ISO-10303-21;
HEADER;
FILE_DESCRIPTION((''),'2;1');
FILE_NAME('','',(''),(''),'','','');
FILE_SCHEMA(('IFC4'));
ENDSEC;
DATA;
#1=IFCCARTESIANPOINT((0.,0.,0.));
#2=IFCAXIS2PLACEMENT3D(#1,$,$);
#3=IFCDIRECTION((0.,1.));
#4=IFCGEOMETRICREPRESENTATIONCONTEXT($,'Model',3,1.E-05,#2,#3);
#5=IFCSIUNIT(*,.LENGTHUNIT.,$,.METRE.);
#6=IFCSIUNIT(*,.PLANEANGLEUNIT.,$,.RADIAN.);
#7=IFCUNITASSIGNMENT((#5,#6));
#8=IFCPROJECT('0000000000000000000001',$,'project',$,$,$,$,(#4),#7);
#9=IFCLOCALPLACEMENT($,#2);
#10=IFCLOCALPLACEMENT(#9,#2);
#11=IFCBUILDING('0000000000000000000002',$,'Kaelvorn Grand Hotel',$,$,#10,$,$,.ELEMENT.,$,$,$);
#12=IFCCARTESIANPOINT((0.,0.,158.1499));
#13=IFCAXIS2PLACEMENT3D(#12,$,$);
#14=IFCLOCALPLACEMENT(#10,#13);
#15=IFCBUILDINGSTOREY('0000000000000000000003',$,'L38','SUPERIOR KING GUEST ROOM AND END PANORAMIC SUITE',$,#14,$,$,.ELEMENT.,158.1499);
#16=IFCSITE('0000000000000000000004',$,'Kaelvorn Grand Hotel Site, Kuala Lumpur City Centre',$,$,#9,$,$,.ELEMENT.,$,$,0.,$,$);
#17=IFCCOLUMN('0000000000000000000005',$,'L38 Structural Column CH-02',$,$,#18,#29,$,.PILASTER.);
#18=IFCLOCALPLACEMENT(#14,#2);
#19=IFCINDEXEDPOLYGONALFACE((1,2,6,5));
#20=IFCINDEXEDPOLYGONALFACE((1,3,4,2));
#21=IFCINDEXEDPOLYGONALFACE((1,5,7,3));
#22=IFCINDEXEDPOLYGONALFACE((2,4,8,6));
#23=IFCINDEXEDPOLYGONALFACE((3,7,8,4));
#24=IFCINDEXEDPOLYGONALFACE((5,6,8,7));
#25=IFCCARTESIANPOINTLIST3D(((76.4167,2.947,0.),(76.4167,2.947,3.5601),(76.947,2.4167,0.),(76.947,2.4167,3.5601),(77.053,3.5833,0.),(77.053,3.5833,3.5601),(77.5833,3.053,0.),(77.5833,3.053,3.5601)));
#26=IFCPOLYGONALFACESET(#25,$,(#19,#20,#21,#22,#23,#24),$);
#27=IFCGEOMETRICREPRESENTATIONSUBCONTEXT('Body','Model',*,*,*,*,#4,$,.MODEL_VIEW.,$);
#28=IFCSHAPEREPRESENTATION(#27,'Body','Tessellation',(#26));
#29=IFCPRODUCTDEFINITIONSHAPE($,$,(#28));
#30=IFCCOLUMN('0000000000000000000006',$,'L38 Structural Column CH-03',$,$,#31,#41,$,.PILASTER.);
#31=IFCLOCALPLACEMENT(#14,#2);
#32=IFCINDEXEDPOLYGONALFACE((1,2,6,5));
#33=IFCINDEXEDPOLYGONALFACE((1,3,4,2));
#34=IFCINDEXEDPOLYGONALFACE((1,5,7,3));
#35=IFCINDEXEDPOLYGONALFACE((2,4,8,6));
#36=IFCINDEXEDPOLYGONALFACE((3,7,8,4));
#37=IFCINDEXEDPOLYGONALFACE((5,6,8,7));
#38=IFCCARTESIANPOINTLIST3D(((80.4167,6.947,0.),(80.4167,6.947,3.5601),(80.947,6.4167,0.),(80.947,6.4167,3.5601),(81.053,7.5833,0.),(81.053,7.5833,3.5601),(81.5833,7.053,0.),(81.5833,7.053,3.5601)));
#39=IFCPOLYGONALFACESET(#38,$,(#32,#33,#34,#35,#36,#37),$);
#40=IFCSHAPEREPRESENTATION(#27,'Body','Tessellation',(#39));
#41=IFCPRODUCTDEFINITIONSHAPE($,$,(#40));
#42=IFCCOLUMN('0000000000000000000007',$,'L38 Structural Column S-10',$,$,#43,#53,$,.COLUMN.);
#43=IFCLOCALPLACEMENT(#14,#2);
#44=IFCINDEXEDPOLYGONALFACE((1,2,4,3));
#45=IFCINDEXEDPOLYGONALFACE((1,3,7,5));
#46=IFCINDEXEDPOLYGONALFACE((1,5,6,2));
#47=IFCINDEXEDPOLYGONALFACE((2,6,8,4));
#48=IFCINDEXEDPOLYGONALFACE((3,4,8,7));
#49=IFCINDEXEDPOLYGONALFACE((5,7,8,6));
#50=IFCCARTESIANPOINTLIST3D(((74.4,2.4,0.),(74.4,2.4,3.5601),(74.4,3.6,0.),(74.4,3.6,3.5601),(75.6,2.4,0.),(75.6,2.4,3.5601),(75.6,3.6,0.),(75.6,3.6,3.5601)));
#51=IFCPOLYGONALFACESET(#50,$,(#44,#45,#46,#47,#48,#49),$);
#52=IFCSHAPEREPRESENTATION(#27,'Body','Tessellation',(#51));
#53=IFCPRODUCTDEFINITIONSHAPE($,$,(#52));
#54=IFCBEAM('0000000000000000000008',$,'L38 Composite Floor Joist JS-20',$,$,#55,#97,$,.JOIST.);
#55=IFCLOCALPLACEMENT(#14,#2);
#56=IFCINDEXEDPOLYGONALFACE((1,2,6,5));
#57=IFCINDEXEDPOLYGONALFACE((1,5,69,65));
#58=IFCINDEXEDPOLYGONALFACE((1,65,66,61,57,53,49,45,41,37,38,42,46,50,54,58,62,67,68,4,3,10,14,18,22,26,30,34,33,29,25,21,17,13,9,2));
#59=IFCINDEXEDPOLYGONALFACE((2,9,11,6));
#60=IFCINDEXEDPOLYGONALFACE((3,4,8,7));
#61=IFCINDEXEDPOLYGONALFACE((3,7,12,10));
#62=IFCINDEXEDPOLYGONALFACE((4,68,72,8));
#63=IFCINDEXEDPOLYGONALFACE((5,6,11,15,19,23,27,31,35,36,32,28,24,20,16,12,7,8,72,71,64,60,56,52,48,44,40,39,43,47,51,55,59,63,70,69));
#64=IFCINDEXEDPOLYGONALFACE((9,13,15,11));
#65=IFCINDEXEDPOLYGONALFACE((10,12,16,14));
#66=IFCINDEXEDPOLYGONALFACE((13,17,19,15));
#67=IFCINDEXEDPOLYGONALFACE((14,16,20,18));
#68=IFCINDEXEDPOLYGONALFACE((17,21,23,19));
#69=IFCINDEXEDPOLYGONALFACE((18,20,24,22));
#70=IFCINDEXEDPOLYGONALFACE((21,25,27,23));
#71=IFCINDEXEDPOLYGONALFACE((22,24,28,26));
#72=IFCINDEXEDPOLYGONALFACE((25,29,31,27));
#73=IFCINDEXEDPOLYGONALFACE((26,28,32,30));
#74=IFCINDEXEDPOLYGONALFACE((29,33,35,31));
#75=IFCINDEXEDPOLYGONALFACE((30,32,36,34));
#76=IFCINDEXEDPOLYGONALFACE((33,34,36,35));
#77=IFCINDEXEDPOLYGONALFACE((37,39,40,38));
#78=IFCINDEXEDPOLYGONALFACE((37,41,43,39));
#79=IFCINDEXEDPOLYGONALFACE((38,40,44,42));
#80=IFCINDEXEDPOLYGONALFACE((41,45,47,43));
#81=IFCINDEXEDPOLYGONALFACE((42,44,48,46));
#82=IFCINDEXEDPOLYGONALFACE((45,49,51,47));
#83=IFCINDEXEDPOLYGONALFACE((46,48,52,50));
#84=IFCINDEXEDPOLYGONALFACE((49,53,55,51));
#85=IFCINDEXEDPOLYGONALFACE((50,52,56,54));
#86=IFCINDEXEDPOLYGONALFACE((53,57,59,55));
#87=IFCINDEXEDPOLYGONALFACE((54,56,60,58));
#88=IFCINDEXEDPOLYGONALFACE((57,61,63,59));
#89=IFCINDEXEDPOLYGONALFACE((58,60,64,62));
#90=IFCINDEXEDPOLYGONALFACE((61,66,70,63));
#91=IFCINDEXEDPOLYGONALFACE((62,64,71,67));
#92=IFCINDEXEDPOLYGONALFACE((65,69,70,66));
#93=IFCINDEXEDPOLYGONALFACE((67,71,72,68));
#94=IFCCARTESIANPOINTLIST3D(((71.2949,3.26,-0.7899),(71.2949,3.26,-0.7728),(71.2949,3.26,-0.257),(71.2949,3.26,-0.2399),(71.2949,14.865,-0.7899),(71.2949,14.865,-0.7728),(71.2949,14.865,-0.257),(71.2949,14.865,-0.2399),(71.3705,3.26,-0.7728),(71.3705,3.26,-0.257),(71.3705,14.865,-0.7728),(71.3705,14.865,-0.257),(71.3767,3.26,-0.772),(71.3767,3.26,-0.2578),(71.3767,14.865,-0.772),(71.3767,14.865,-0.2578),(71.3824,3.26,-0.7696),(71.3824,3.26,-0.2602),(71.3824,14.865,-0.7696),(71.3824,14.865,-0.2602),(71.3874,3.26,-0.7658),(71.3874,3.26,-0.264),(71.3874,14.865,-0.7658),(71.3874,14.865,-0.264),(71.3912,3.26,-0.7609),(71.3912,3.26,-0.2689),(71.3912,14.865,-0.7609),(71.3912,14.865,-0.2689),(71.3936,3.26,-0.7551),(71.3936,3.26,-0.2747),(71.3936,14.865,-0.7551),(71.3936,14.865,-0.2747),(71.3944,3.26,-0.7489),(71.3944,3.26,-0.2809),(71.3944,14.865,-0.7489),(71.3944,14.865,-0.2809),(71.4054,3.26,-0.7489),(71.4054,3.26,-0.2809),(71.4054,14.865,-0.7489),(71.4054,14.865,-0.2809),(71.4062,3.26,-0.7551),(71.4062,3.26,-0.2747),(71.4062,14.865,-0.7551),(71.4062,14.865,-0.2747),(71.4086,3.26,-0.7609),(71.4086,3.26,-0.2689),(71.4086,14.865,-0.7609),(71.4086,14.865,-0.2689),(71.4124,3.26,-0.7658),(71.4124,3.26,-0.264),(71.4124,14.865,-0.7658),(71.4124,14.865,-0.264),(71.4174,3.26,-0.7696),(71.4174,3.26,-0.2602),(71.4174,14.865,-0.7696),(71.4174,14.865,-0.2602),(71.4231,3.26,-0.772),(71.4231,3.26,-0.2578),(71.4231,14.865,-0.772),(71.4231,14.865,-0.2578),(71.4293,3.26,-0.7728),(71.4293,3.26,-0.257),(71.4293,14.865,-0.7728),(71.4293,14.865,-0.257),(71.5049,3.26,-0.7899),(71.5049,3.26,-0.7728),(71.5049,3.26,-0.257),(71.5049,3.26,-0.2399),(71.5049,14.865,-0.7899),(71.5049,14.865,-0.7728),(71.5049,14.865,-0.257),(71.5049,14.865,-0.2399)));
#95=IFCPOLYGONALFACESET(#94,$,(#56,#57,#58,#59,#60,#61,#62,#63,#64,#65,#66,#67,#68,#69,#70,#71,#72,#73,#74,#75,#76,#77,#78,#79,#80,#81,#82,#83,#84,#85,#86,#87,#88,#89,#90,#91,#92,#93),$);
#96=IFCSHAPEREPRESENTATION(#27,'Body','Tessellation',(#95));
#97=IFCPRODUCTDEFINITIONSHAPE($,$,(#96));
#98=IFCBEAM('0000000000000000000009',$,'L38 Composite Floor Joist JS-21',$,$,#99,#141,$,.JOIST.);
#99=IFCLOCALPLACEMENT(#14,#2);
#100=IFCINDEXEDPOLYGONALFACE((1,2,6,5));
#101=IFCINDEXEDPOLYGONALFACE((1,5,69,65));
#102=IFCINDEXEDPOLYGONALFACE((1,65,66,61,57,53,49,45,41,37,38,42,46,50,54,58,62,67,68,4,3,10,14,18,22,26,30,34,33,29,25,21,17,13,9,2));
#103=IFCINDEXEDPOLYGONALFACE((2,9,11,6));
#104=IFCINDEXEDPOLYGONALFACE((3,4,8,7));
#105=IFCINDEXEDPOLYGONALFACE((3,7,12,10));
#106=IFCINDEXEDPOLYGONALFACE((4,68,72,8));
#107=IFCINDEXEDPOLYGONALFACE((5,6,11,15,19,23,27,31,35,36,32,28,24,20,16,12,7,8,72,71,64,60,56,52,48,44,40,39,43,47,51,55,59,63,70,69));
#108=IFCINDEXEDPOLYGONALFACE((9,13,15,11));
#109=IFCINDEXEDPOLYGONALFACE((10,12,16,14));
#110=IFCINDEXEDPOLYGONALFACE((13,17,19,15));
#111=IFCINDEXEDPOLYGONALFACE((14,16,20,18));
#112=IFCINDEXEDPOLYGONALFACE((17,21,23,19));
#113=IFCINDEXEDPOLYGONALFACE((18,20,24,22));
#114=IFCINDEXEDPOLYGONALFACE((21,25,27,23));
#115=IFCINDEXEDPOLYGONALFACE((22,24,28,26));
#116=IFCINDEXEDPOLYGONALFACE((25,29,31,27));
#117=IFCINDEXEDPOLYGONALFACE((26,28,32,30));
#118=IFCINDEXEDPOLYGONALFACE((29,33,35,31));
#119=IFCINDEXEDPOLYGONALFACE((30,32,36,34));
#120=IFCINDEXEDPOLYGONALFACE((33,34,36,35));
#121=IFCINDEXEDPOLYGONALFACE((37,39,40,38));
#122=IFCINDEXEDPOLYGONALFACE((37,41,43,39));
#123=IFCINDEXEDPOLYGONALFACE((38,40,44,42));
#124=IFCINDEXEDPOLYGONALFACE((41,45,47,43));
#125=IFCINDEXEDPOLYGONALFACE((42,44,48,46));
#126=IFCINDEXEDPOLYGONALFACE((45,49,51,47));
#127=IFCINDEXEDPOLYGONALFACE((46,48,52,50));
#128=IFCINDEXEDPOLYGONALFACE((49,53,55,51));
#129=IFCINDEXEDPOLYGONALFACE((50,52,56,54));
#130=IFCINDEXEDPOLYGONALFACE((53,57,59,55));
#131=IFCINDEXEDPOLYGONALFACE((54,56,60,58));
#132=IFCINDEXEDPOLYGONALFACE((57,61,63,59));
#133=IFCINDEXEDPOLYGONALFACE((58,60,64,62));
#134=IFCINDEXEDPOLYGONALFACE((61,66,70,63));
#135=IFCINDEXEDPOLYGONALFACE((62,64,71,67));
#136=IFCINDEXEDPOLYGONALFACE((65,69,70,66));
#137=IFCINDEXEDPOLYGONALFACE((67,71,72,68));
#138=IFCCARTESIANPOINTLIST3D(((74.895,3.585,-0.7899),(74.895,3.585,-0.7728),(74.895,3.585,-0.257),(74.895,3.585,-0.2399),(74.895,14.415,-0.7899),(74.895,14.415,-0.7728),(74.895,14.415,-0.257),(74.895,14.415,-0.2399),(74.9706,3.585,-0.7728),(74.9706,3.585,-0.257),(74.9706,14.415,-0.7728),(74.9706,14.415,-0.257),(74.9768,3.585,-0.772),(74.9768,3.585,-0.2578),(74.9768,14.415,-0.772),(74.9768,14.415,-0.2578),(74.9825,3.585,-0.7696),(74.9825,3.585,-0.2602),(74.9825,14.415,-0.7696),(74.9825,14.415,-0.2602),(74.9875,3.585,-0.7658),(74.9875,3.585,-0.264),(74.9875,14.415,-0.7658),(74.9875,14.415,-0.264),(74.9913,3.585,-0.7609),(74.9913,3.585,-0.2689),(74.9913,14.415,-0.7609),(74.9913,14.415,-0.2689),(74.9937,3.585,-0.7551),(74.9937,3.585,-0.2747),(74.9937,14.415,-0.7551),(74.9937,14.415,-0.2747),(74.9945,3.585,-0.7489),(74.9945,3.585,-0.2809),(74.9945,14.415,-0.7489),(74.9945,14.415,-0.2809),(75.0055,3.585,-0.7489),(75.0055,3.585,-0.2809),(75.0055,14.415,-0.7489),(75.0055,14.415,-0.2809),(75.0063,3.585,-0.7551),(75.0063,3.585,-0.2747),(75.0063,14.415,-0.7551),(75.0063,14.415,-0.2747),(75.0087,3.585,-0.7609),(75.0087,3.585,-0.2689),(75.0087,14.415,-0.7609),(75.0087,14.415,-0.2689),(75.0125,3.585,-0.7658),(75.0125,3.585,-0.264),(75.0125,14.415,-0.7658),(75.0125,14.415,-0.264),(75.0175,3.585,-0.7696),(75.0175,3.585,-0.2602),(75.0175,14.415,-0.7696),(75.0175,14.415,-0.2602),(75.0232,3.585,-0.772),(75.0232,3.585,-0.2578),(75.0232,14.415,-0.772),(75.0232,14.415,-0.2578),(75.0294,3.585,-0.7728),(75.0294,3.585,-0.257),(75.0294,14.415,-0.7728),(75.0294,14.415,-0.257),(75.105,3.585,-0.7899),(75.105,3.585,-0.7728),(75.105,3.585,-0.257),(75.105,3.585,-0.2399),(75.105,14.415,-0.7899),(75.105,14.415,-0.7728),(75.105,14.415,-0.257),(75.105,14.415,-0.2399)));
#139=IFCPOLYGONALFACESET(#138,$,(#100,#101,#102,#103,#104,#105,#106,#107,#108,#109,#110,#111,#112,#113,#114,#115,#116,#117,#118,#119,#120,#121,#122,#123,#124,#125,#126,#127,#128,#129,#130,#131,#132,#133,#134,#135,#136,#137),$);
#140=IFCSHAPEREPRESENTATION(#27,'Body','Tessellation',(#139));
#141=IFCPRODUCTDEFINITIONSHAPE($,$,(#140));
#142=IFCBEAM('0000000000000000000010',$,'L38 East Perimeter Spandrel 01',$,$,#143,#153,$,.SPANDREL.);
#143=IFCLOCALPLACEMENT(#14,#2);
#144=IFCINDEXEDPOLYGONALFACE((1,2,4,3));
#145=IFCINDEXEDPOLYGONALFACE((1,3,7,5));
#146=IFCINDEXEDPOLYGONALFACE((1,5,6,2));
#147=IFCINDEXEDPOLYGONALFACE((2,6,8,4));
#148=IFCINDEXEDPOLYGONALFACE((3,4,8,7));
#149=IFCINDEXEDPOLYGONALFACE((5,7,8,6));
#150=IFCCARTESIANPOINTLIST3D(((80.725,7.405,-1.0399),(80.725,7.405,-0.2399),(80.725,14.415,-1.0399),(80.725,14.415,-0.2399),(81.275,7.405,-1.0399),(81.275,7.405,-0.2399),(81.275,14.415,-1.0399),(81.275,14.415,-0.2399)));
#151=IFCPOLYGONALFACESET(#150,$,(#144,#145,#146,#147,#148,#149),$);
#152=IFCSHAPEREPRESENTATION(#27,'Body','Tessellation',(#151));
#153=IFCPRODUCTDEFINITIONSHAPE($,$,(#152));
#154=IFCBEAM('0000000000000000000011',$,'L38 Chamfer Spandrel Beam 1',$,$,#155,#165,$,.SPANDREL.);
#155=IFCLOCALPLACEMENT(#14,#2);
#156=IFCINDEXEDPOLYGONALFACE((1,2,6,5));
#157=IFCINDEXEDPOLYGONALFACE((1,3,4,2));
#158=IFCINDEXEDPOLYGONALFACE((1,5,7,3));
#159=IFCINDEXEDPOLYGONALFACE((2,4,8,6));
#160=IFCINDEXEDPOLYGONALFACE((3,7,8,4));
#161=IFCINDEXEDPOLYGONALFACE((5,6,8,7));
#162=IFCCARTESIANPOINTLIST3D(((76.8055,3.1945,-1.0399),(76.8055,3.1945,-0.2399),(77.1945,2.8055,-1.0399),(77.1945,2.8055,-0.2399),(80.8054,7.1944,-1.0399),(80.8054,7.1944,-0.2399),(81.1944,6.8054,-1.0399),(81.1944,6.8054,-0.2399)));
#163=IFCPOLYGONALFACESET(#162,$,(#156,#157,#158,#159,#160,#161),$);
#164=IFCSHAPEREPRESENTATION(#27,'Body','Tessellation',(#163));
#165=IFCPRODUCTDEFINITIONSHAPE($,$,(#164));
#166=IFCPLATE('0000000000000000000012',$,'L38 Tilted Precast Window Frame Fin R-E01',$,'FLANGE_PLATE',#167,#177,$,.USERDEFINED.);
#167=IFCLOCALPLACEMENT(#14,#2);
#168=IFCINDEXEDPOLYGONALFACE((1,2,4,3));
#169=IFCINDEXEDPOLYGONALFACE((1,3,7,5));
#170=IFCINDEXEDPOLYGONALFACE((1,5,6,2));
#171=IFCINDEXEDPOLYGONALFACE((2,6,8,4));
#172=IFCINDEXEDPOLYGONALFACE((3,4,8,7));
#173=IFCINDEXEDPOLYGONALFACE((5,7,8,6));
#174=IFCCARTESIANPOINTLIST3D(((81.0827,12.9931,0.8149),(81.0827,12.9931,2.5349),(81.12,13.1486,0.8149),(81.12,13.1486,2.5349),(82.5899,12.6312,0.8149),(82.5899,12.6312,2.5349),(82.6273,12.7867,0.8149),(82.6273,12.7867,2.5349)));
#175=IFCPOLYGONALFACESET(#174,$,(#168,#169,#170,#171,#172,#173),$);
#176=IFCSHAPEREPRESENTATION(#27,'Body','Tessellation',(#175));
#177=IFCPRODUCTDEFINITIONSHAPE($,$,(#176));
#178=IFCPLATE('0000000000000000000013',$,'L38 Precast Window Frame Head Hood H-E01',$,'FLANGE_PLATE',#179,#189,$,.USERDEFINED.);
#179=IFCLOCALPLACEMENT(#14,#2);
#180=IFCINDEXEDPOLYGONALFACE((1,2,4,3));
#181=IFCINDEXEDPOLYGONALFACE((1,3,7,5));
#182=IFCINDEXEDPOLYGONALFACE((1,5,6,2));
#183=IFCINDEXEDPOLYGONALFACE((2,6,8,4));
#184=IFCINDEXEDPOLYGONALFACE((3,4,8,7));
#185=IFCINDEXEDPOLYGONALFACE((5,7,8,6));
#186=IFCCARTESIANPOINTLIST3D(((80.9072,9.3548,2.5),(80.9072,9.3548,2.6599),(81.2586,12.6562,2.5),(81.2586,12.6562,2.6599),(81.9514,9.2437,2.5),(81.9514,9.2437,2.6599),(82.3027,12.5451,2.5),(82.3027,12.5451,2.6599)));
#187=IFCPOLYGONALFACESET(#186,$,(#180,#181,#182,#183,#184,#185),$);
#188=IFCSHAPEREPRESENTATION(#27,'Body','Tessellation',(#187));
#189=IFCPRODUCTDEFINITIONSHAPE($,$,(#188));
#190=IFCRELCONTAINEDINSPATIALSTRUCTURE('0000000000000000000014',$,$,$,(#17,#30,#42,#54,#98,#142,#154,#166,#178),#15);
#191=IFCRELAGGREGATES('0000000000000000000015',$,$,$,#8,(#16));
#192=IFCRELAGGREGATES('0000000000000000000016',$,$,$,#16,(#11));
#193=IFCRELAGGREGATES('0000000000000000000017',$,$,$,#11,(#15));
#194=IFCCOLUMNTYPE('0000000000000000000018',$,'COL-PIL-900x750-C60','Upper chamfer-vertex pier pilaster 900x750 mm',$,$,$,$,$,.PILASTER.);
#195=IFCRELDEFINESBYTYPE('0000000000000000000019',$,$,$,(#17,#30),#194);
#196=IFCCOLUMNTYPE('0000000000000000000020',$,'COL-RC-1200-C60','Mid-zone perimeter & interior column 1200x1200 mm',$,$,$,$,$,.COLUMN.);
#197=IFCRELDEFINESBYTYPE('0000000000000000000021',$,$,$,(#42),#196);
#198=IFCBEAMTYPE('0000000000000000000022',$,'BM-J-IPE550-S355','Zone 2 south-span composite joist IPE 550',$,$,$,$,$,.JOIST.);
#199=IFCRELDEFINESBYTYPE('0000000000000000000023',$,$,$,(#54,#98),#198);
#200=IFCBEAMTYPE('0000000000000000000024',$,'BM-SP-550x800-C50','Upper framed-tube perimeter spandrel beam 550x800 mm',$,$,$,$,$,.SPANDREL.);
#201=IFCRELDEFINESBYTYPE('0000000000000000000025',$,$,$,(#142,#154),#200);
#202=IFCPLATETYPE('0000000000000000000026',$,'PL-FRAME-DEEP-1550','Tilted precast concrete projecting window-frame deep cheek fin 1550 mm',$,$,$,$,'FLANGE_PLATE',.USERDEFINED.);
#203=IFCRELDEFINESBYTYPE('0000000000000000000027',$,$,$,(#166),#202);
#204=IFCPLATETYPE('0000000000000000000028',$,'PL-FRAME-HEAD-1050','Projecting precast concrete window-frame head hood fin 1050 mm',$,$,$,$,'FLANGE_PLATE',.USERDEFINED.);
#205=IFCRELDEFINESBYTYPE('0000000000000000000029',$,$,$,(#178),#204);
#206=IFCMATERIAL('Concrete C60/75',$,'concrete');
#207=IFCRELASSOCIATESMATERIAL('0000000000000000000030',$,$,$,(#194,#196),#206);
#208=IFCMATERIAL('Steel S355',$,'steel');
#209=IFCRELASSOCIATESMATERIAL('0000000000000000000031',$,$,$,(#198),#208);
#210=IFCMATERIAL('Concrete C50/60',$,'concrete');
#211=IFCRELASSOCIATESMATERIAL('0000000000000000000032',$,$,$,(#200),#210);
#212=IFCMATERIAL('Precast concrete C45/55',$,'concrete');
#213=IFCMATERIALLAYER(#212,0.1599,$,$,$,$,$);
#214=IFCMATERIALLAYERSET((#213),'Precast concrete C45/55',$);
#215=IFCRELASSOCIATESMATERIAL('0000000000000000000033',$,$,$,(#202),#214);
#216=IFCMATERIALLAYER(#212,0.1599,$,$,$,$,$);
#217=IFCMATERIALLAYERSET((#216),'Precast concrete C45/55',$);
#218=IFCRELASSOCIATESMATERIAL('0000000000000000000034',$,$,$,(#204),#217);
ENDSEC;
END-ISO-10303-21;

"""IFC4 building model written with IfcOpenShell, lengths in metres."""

from ifc_helpers import new_model, si_unit, direction, frame, origin, origin_2d, place, context, subcontext, project, spatial, rectangle, i_section, extrude, material, layer, layer_set, material_profile, profile_set, type_object, element, save


model = new_model("IFC4")

# Units and contexts
model_context = context("Model", 3, precision=1e-05, world=origin(), true_north=direction((0.0, 1.0)))
body_context = subcontext(model_context, "Body", "Model", "MODEL_VIEW")
ifc_project = project(units=[si_unit("LENGTHUNIT", "METRE"), si_unit("PLANEANGLEUNIT", "RADIAN")], contexts=[model_context])

# Site, building, storey
site_placement = place(None, origin())
site = spatial("IfcSite", under=ifc_project, at=site_placement, Name="Kaelvorn Grand Hotel Site, Kuala Lumpur City Centre", CompositionType="ELEMENT", RefElevation=0.0)
building_placement = place(site_placement, origin())
building = spatial("IfcBuilding", under=site, at=building_placement, Name="Kaelvorn Grand Hotel", CompositionType="ELEMENT")
storey_placement = place(building_placement, frame((0.0, 0.0, 158.1499)))
storey = spatial("IfcBuildingStorey", under=building, at=storey_placement, Name="L38", Description="SUPERIOR KING GUEST ROOM AND END PANORAMIC SUITE", CompositionType="ELEMENT", Elevation=158.1499)

# Columns
ifc_material_1 = material(Name="Concrete C60/75", Category="concrete")
ifc_material_profile_1 = material_profile(ifc_material_1, rectangle(XDim=0.8999, YDim=0.75, at=origin_2d()), Name="RC PILASTER 900x750")
ifc_profile_set_1 = profile_set([ifc_material_profile_1], Name="Concrete C60/75")
column_type_1 = type_object("IfcColumnType", Name="COL-PIL-900x750-C60", Description="Upper chamfer-vertex pier pilaster 900x750 mm", PredefinedType="PILASTER", material=ifc_profile_set_1)
for number, where, z_axis, x_axis, name in (
    (1, (77.0, 3.0, 0.0), (0.0, 0.0, 1.0), (0.707107, 0.707107, 0.0), "L38 Structural Column CH-02"),
    (2, (81.0, 7.0, 0.0), (0.0, 0.0, 1.0), (0.707107, 0.707107, 0.0), "L38 Structural Column CH-03"),
):
    element("IfcColumn", number, at=place(storey_placement, frame(where, z_axis=z_axis, x_axis=x_axis)), inside=storey, type_object=column_type_1, Name=name, PredefinedType="PILASTER", context=body_context, shape_type="SweptSolid", body=[
        extrude(rectangle(XDim=0.8999, YDim=0.75, at=origin_2d()), origin(), (0.0, 0.0, 1.0), 3.5601),
    ])
ifc_material_profile_2 = material_profile(ifc_material_1, rectangle(XDim=1.2, YDim=1.2, at=origin_2d()), Name="RC COL 1200x1200")
ifc_profile_set_2 = profile_set([ifc_material_profile_2], Name="Concrete C60/75")
column_type_2 = type_object("IfcColumnType", Name="COL-RC-1200-C60", Description="Mid-zone perimeter & interior column 1200x1200 mm", PredefinedType="COLUMN", material=ifc_profile_set_2)
column_placement = place(storey_placement, frame((75.0, 3.0, 0.0), z_axis=(0.0, 0.0, 1.0), x_axis=(1.0, 0.0, 0.0)))
element("IfcColumn", 3, at=column_placement, inside=storey, type_object=column_type_2, Name="L38 Structural Column S-10", PredefinedType="COLUMN", context=body_context, shape_type="SweptSolid", body=[
    extrude(rectangle(XDim=1.2, YDim=1.2, at=origin_2d()), origin(), (0.0, 0.0, 1.0), 3.5601),
])

# Beams
ifc_material_2 = material(Name="Steel S355", Category="steel")
ifc_material_profile_3 = material_profile(ifc_material_2, i_section(OverallWidth=0.21, OverallDepth=0.55, WebThickness=0.011, FlangeThickness=0.0171, FilletRadius=0.0239, at=origin_2d()), Name="IPE 550")
ifc_profile_set_3 = profile_set([ifc_material_profile_3], Name="Steel S355")
beam_type_1 = type_object("IfcBeamType", Name="BM-J-IPE550-S355", Description="Zone 2 south-span composite joist IPE 550", PredefinedType="JOIST", material=ifc_profile_set_3)
beam_1_placement = place(storey_placement, frame((71.3999, 3.26, -0.5149), z_axis=(0.0, 1.0, 0.0), x_axis=(-1.0, 0.0, 0.0)))
element("IfcBeam", 4, at=beam_1_placement, inside=storey, type_object=beam_type_1, Name="L38 Composite Floor Joist JS-20", PredefinedType="JOIST", context=body_context, shape_type="SweptSolid", body=[
    extrude(i_section(OverallWidth=0.21, OverallDepth=0.55, WebThickness=0.011, FlangeThickness=0.0171, FilletRadius=0.0239, at=origin_2d()), origin(), (0.0, 0.0, 1.0), 11.605),
])
beam_2_placement = place(storey_placement, frame((75.0, 3.585, -0.5149), z_axis=(0.0, 1.0, 0.0), x_axis=(-1.0, 0.0, 0.0)))
element("IfcBeam", 5, at=beam_2_placement, inside=storey, type_object=beam_type_1, Name="L38 Composite Floor Joist JS-21", PredefinedType="JOIST", context=body_context, shape_type="SweptSolid", body=[
    extrude(i_section(OverallWidth=0.21, OverallDepth=0.55, WebThickness=0.011, FlangeThickness=0.0171, FilletRadius=0.0239, at=origin_2d()), origin(), (0.0, 0.0, 1.0), 10.8301),
])
ifc_material_3 = material(Name="Concrete C50/60", Category="concrete")
ifc_material_profile_4 = material_profile(ifc_material_3, rectangle(XDim=0.55, YDim=0.8, at=origin_2d()), Name="RC SPANDREL 550x800")
ifc_profile_set_4 = profile_set([ifc_material_profile_4], Name="Concrete C50/60")
beam_type_2 = type_object("IfcBeamType", Name="BM-SP-550x800-C50", Description="Upper framed-tube perimeter spandrel beam 550x800 mm", PredefinedType="SPANDREL", material=ifc_profile_set_4)
beam_3_placement = place(storey_placement, frame((81.0, 7.405, -0.6399), z_axis=(0.0, 1.0, 0.0), x_axis=(-1.0, 0.0, 0.0)))
element("IfcBeam", 6, at=beam_3_placement, inside=storey, type_object=beam_type_2, Name="L38 East Perimeter Spandrel 01", PredefinedType="SPANDREL", context=body_context, shape_type="SweptSolid", body=[
    extrude(rectangle(XDim=0.55, YDim=0.8, at=origin_2d()), origin(), (0.0, 0.0, 1.0), 7.01),
])
beam_4_placement = place(storey_placement, frame((77.0, 3.0, -0.6399), z_axis=(0.707107, 0.707107, 0.0), x_axis=(-0.707107, 0.707107, 0.0)))
element("IfcBeam", 7, at=beam_4_placement, inside=storey, type_object=beam_type_2, Name="L38 Chamfer Spandrel Beam 1", PredefinedType="SPANDREL", context=body_context, shape_type="SweptSolid", body=[
    extrude(rectangle(XDim=0.55, YDim=0.8, at=origin_2d()), origin(), (0.0, 0.0, 1.0), 5.6567),
])

# Plates
ifc_material_4 = material(Name="Precast concrete C45/55", Category="concrete")
ifc_layer_1 = layer(ifc_material_4, 0.1599)
ifc_layer_set_1 = layer_set([ifc_layer_1], Name="Precast concrete C45/55")
plate_type_1 = type_object("IfcPlateType", Name="PL-FRAME-DEEP-1550", Description="Tilted precast concrete projecting window-frame deep cheek fin 1550 mm", ElementType="FLANGE_PLATE", PredefinedType="USERDEFINED", material=ifc_layer_set_1)
plate_1_placement = place(storey_placement, frame((81.855, 12.8899, 0.8149), z_axis=(0.0, 0.0, 1.0), x_axis=(0.233445, 0.97237, 0.0)))
element("IfcPlate", 8, at=plate_1_placement, inside=storey, type_object=plate_type_1, Name="L38 Tilted Precast Window Frame Fin R-E01", ObjectType="FLANGE_PLATE", PredefinedType="USERDEFINED", context=body_context, shape_type="SweptSolid", body=[
    extrude(rectangle(XDim=0.1599, YDim=1.55, at=origin_2d()), origin(), (0.0, 0.0, 1.0), 1.72),
])
ifc_layer_2 = layer(ifc_material_4, 0.1599)
ifc_layer_set_2 = layer_set([ifc_layer_2], Name="Precast concrete C45/55")
plate_type_2 = type_object("IfcPlateType", Name="PL-FRAME-HEAD-1050", Description="Projecting precast concrete window-frame head hood fin 1050 mm", ElementType="FLANGE_PLATE", PredefinedType="USERDEFINED", material=ifc_layer_set_2)
plate_2_placement = place(storey_placement, frame((81.605, 10.95, 2.5), z_axis=(0.0, 0.0, 1.0), x_axis=(0.10583, 0.994384, 0.0)))
element("IfcPlate", 9, at=plate_2_placement, inside=storey, type_object=plate_type_2, Name="L38 Precast Window Frame Head Hood H-E01", ObjectType="FLANGE_PLATE", PredefinedType="USERDEFINED", context=body_context, shape_type="SweptSolid", body=[
    extrude(rectangle(XDim=3.3201, YDim=1.05, at=origin_2d()), origin(), (0.0, 0.0, 1.0), 0.1599),
])

save(model, "model.ifc")
